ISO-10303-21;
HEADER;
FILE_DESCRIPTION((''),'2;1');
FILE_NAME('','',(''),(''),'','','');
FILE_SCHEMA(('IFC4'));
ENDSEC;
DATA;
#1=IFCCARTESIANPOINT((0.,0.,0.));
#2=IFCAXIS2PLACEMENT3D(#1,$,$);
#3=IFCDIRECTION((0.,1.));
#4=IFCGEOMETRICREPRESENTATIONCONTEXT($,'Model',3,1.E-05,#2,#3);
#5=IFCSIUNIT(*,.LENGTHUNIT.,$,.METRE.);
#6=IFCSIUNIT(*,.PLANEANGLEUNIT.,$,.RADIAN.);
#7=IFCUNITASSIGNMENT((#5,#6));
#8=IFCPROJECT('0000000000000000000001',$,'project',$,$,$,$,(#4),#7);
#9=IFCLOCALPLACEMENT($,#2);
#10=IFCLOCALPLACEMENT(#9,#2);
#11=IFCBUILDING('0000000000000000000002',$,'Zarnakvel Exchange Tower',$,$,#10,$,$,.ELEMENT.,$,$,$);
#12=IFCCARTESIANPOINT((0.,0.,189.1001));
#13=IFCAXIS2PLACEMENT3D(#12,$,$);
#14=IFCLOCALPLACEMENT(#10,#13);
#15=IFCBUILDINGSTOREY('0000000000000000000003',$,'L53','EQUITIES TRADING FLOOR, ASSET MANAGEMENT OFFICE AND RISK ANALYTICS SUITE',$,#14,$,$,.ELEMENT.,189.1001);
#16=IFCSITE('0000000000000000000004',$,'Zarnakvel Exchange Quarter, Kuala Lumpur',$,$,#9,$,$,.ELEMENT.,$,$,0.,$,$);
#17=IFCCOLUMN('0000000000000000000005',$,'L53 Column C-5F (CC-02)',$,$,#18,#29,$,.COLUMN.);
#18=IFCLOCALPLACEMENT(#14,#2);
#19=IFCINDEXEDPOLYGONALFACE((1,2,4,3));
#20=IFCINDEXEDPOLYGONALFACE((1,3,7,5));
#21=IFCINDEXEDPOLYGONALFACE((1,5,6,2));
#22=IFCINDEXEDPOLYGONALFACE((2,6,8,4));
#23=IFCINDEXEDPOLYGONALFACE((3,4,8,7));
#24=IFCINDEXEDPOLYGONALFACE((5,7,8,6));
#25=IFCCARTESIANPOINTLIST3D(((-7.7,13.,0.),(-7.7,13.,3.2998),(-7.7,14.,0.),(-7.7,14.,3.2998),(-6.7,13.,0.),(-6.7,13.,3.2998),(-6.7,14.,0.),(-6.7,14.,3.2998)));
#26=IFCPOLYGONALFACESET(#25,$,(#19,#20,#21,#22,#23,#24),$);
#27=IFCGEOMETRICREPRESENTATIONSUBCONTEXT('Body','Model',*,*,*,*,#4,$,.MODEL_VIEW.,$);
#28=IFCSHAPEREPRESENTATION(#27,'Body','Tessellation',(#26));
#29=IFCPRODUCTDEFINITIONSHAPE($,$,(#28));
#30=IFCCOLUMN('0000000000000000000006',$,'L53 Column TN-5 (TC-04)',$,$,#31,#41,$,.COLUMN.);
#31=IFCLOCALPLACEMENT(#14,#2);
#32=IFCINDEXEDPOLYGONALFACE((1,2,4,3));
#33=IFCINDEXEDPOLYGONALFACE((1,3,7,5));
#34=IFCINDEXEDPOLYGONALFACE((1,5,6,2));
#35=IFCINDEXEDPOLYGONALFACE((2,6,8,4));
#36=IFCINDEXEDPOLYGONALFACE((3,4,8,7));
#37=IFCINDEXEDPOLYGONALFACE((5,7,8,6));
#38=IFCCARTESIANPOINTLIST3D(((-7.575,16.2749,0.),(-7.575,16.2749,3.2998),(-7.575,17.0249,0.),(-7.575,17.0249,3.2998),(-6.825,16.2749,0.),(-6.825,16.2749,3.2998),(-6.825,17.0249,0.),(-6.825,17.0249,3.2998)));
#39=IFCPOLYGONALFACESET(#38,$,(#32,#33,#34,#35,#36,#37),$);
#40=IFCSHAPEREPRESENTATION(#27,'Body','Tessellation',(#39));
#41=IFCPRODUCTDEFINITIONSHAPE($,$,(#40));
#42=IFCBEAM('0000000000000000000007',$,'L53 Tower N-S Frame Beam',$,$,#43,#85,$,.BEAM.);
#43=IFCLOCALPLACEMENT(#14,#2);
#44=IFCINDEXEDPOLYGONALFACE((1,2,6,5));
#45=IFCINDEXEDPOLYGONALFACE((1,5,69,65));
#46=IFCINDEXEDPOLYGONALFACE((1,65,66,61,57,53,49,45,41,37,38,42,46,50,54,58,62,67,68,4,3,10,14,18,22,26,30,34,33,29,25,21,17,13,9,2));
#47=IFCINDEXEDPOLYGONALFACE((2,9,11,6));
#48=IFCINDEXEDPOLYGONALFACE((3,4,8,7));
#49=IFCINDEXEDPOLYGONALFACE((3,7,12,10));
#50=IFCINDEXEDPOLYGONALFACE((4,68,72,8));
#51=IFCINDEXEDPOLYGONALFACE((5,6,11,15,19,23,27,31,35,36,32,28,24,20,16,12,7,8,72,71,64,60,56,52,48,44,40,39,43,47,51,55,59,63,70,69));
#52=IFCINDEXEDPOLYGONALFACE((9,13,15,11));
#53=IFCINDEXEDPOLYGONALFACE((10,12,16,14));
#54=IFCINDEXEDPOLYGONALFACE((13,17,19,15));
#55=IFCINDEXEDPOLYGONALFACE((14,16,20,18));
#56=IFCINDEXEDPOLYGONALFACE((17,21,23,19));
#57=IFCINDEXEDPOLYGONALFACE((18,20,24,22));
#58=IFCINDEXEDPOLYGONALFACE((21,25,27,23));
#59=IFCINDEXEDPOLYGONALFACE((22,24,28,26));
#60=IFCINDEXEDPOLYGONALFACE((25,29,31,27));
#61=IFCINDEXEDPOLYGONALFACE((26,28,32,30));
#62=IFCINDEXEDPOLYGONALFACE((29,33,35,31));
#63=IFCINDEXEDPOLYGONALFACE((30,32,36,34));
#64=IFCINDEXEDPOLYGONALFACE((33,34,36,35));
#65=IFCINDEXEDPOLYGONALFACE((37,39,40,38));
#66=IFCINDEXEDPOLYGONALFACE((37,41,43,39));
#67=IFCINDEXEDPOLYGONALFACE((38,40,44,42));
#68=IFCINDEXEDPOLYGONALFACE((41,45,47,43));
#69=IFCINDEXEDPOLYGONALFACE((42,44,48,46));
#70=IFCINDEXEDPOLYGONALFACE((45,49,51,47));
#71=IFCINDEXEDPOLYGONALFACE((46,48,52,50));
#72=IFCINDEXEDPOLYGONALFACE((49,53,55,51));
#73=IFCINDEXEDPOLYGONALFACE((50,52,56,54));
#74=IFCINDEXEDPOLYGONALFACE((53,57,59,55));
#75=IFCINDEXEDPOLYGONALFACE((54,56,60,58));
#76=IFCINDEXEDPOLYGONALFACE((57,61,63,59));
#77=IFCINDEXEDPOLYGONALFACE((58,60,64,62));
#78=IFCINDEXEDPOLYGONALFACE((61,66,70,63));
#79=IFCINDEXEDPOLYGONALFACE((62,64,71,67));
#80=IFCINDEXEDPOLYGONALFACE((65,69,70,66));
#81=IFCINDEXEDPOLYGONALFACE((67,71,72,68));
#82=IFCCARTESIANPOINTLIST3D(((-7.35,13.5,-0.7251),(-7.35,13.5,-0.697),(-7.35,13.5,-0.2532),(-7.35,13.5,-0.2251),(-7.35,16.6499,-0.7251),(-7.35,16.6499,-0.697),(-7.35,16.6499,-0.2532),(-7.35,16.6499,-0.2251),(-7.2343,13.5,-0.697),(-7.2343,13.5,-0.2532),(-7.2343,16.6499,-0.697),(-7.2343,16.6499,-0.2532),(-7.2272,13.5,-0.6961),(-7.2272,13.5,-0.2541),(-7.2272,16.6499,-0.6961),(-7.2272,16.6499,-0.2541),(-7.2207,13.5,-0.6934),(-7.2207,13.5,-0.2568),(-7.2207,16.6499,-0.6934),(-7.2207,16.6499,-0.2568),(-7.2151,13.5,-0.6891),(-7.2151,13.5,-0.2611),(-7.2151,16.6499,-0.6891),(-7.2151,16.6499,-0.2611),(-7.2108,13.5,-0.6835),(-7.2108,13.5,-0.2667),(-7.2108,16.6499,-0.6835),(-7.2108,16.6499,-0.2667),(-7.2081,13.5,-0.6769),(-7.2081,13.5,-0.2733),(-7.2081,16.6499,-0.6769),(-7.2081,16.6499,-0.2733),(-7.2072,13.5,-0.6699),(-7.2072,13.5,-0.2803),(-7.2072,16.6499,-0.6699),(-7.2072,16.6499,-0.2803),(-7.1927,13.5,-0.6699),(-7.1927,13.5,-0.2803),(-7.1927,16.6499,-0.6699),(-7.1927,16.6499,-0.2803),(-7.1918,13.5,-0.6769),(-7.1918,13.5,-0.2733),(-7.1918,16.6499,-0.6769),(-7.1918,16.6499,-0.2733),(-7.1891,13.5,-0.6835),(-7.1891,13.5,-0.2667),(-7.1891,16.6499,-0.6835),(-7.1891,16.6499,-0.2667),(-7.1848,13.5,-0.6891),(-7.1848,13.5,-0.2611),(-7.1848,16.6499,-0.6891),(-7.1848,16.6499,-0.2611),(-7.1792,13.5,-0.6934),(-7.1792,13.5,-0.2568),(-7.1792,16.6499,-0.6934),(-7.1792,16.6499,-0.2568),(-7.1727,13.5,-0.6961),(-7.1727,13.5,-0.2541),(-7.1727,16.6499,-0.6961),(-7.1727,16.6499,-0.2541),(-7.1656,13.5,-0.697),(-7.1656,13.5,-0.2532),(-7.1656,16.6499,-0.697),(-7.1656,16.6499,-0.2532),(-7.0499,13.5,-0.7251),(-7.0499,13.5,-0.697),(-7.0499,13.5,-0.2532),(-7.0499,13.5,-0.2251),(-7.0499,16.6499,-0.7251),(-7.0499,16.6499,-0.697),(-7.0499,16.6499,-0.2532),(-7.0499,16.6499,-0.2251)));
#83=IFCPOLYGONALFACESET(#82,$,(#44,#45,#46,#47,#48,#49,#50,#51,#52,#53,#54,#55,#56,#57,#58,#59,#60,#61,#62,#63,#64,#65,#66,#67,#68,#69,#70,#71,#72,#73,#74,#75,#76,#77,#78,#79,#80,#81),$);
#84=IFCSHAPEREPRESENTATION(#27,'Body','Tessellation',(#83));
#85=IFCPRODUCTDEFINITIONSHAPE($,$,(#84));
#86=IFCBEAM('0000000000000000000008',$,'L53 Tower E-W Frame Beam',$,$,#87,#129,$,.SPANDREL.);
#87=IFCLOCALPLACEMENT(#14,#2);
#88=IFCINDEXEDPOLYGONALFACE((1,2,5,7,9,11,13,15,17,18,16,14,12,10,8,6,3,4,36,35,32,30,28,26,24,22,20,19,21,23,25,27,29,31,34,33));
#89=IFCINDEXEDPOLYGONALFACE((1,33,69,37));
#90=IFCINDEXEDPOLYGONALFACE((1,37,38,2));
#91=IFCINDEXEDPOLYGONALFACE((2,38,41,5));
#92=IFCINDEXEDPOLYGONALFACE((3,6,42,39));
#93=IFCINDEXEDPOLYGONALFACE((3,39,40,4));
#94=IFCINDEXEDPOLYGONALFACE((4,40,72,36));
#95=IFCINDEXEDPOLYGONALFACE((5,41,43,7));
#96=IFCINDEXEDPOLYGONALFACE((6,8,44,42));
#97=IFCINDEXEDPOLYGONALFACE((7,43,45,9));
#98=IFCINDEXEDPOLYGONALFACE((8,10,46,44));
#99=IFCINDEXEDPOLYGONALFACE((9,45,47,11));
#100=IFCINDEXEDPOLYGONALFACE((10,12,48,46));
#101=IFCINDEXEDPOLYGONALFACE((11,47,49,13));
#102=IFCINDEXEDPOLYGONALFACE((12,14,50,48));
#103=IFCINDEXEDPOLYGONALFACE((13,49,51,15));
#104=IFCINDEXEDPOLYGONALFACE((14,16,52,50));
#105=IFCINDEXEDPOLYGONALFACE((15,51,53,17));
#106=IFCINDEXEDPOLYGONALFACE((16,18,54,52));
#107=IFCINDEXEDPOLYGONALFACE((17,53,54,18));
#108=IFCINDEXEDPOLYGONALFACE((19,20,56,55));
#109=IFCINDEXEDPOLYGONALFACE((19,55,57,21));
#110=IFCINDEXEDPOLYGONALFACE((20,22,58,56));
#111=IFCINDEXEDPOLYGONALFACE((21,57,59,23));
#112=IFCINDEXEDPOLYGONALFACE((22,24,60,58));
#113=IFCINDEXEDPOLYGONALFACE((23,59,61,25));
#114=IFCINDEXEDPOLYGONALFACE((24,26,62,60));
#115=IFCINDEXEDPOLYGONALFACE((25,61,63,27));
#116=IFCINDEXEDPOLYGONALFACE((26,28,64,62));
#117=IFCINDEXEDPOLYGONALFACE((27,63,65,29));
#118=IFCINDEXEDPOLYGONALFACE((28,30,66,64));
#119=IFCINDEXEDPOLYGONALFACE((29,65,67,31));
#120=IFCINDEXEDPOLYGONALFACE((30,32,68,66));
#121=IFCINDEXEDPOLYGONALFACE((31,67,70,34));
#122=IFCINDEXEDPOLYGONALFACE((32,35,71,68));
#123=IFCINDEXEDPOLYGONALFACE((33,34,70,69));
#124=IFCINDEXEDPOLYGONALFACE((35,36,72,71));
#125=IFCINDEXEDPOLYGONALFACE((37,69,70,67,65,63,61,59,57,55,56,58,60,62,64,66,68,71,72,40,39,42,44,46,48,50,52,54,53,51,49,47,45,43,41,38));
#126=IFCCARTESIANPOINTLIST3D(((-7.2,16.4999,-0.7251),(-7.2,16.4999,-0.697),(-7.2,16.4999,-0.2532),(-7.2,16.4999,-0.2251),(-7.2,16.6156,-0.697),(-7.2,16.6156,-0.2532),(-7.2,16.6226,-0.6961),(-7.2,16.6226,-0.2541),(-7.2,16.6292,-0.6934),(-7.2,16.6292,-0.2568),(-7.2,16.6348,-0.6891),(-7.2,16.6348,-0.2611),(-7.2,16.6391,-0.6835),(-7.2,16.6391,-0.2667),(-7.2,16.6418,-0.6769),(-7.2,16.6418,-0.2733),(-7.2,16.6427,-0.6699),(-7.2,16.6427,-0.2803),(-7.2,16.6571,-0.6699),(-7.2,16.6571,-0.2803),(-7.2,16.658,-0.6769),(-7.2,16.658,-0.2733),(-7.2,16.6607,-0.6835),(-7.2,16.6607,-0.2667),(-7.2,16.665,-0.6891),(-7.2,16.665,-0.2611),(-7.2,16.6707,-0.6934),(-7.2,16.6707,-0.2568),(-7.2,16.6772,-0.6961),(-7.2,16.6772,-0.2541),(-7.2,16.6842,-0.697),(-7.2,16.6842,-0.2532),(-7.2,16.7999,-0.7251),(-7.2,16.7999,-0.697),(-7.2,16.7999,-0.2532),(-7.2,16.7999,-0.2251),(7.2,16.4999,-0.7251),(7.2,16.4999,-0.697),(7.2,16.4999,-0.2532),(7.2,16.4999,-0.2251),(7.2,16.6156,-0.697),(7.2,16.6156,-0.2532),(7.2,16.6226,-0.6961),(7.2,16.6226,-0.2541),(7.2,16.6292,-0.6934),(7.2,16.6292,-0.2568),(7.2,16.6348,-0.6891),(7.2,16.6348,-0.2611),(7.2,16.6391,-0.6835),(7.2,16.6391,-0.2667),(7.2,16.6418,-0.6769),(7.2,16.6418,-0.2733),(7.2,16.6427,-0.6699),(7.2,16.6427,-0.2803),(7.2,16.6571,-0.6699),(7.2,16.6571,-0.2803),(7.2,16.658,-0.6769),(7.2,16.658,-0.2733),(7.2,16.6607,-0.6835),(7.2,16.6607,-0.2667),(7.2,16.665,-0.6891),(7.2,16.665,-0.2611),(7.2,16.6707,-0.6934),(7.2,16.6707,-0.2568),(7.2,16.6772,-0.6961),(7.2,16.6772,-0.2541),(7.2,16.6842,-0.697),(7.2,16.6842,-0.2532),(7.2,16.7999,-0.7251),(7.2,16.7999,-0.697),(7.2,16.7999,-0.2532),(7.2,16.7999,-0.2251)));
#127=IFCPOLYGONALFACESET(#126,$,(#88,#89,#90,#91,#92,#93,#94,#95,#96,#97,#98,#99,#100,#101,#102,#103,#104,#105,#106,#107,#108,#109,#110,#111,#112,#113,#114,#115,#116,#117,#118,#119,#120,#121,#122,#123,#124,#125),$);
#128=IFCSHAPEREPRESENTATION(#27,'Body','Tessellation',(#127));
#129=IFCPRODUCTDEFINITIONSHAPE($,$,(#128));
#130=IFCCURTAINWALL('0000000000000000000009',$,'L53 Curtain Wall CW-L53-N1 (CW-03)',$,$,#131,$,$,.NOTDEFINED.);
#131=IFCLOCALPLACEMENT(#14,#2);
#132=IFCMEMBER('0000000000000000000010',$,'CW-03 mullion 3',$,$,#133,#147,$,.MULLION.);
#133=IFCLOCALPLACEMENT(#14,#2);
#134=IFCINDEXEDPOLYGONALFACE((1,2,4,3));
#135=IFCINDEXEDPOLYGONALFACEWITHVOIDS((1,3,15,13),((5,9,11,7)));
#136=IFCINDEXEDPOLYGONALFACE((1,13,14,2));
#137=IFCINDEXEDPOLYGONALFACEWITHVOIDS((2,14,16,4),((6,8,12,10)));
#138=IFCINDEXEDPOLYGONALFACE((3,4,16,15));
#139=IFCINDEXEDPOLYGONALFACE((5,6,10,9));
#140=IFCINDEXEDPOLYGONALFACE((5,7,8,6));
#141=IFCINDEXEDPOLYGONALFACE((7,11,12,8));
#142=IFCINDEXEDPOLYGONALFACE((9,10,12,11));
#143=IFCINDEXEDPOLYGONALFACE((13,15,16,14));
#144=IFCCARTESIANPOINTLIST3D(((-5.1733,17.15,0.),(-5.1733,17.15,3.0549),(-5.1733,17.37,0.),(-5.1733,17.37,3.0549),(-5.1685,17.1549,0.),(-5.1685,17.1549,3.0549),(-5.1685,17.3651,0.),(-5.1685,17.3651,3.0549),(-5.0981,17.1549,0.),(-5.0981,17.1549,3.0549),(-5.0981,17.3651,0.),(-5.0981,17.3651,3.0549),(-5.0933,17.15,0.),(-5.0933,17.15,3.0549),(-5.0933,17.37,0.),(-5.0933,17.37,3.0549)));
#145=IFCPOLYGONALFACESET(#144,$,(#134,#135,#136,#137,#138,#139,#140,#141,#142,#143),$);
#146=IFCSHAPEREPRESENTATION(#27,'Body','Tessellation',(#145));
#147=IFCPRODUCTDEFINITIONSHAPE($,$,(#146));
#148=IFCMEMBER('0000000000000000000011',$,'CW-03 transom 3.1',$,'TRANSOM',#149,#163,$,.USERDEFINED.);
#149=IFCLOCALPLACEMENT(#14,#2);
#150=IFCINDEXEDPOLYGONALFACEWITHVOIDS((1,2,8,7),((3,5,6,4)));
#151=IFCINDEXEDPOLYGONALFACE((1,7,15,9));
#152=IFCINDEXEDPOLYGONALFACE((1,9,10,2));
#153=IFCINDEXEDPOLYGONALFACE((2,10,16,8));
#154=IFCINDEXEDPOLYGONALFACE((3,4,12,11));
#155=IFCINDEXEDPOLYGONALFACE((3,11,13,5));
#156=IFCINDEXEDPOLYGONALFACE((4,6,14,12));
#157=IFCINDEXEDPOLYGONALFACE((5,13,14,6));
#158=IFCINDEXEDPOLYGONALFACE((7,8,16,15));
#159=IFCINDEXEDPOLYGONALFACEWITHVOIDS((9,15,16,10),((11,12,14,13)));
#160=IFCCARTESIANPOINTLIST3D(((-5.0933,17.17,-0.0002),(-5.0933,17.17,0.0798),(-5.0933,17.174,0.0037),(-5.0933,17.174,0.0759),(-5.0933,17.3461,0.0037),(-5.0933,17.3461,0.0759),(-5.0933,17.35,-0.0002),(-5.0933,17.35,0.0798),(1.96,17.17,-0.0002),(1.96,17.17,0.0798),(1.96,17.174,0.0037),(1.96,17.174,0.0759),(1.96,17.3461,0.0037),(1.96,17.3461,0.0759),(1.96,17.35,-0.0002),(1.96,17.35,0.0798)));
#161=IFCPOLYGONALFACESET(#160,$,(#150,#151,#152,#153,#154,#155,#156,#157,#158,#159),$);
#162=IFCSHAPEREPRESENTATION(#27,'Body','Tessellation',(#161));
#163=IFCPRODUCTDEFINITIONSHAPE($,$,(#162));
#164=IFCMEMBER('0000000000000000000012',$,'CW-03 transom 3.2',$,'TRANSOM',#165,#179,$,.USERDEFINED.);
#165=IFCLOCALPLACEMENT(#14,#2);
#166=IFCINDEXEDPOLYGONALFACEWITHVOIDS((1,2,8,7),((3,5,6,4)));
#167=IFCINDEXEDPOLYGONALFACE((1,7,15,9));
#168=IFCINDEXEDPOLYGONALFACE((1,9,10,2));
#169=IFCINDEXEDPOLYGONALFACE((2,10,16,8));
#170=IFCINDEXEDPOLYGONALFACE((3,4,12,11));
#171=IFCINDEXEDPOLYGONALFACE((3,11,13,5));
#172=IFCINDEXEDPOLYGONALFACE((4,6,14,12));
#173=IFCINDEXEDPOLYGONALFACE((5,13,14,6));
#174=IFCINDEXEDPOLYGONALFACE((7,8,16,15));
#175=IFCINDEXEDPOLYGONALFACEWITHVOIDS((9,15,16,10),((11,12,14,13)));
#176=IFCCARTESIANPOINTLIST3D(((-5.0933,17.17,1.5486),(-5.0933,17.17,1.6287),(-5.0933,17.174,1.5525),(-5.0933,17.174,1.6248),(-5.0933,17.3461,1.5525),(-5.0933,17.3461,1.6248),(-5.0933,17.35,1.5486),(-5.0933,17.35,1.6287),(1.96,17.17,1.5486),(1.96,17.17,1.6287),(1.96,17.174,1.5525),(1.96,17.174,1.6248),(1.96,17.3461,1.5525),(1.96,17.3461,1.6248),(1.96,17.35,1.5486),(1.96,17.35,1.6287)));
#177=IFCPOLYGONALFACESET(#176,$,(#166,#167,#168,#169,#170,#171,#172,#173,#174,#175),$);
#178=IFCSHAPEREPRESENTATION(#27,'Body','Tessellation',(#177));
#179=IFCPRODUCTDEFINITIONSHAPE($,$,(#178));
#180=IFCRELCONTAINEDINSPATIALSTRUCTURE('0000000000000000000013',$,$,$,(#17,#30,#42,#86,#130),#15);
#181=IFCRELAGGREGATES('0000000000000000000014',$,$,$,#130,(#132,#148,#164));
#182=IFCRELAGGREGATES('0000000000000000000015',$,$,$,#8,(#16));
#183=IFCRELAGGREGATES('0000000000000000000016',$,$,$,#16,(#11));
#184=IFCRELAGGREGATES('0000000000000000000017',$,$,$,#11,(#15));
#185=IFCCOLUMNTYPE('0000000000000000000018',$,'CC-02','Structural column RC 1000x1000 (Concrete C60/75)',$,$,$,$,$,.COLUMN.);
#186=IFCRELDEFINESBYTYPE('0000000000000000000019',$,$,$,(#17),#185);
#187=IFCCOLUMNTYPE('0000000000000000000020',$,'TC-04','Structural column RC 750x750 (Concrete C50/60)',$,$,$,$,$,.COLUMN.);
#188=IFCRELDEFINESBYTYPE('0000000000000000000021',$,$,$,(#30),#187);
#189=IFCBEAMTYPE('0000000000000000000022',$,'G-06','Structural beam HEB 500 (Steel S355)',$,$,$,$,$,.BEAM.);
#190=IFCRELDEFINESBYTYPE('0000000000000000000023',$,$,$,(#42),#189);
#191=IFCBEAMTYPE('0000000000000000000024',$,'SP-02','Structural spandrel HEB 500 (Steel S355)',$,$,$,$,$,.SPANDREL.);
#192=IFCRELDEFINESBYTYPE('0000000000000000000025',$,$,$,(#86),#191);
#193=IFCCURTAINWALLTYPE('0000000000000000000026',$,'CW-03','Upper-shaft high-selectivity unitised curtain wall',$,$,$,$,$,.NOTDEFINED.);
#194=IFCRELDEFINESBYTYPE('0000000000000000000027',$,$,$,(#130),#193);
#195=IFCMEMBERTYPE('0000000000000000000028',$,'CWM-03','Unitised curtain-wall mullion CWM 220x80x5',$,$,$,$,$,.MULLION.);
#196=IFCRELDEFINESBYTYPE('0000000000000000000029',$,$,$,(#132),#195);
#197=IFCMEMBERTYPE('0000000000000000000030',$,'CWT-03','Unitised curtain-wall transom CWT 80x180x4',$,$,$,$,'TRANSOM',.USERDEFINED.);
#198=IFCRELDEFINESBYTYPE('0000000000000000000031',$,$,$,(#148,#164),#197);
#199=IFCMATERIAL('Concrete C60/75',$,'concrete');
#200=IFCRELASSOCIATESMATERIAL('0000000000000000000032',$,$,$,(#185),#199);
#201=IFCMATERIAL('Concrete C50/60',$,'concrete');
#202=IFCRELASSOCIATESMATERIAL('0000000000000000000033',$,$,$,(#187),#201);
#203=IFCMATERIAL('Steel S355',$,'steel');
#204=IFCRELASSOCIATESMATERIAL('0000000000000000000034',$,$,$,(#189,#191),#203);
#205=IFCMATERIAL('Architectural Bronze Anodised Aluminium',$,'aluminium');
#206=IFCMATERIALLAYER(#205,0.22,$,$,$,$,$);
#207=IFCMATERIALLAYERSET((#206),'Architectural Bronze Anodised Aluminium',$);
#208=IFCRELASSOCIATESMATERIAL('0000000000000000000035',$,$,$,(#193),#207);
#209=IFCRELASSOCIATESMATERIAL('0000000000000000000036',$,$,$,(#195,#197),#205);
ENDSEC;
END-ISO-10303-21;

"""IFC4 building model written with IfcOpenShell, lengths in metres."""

from ifc_helpers import new_model, si_unit, direction, frame, origin, origin_2d, place, context, subcontext, project, spatial, rectangle, hollow_rectangle, i_section, extrude, source, transform, mapped, material, layer, layer_set, material_profile, profile_set, type_object, element, aggregate, save


model = new_model("IFC4")

# Units and contexts
model_context = context("Model", 3, precision=1e-05, world=origin(), true_north=direction((0.0, 1.0)))
body_context = subcontext(model_context, "Body", "Model", "MODEL_VIEW")
ifc_project = project(units=[si_unit("LENGTHUNIT", "METRE"), si_unit("PLANEANGLEUNIT", "RADIAN")], contexts=[model_context])

# Site, building, storey
site_placement = place(None, origin())
site = spatial("IfcSite", under=ifc_project, at=site_placement, Name="Zarnakvel Exchange Quarter, Kuala Lumpur", CompositionType="ELEMENT", RefElevation=0.0)
building_placement = place(site_placement, origin())
building = spatial("IfcBuilding", under=site, at=building_placement, Name="Zarnakvel Exchange Tower", CompositionType="ELEMENT")
storey_placement = place(building_placement, frame((0.0, 0.0, 189.1001)))
storey = spatial("IfcBuildingStorey", under=building, at=storey_placement, Name="L53", Description="EQUITIES TRADING FLOOR, ASSET MANAGEMENT OFFICE AND RISK ANALYTICS SUITE", CompositionType="ELEMENT", Elevation=189.1001)

# Columns
ifc_material_1 = material(Name="Concrete C60/75", Category="concrete")
ifc_material_profile_1 = material_profile(ifc_material_1, rectangle(XDim=1.0, YDim=1.0, at=origin_2d()))
ifc_profile_set_1 = profile_set([ifc_material_profile_1], Name="Concrete C60/75")
column_type_1 = type_object("IfcColumnType", Name="CC-02", Description="Structural column RC 1000x1000 (Concrete C60/75)", PredefinedType="COLUMN", material=ifc_profile_set_1)
column_1_placement = place(storey_placement, frame((-7.2, 13.5, 0.0), z_axis=(0.0, 0.0, 1.0), x_axis=(1.0, 0.0, 0.0)))
element("IfcColumn", 1, at=column_1_placement, inside=storey, type_object=column_type_1, Name="L53 Column C-5F (CC-02)", PredefinedType="COLUMN", context=body_context, shape_type="SweptSolid", body=[
    extrude(rectangle(XDim=1.0, YDim=1.0, at=origin_2d()), origin(), (0.0, 0.0, 1.0), 3.2998),
])
ifc_material_2 = material(Name="Concrete C50/60", Category="concrete")
ifc_material_profile_2 = material_profile(ifc_material_2, rectangle(XDim=0.75, YDim=0.75, at=origin_2d()))
ifc_profile_set_2 = profile_set([ifc_material_profile_2], Name="Concrete C50/60")
column_type_2 = type_object("IfcColumnType", Name="TC-04", Description="Structural column RC 750x750 (Concrete C50/60)", PredefinedType="COLUMN", material=ifc_profile_set_2)
column_2_placement = place(storey_placement, frame((-7.2, 16.6499, 0.0), z_axis=(0.0, 0.0, 1.0), x_axis=(1.0, 0.0, 0.0)))
element("IfcColumn", 2, at=column_2_placement, inside=storey, type_object=column_type_2, Name="L53 Column TN-5 (TC-04)", PredefinedType="COLUMN", context=body_context, shape_type="SweptSolid", body=[
    extrude(rectangle(XDim=0.75, YDim=0.75, at=origin_2d()), origin(), (0.0, 0.0, 1.0), 3.2998),
])

# Beams
ifc_material_3 = material(Name="Steel S355", Category="steel")
ifc_material_profile_3 = material_profile(ifc_material_3, i_section(OverallWidth=0.3, OverallDepth=0.5, WebThickness=0.0144, FlangeThickness=0.0281, FilletRadius=0.0271, at=origin_2d()))
ifc_profile_set_3 = profile_set([ifc_material_profile_3], Name="Steel S355")
beam_type_1 = type_object("IfcBeamType", Name="G-06", Description="Structural beam HEB 500 (Steel S355)", PredefinedType="BEAM", material=ifc_profile_set_3)
beam_1_placement = place(storey_placement, frame((-7.2, 13.5, -0.4751), z_axis=(0.0, 1.0, 0.0), x_axis=(-1.0, 0.0, 0.0)))
element("IfcBeam", 3, at=beam_1_placement, inside=storey, type_object=beam_type_1, Name="L53 Tower N-S Frame Beam", PredefinedType="BEAM", context=body_context, shape_type="SweptSolid", body=[
    extrude(i_section(OverallWidth=0.3, OverallDepth=0.5, WebThickness=0.0144, FlangeThickness=0.0281, FilletRadius=0.0271, at=origin_2d()), origin(), (0.0, 0.0, 1.0), 3.1499),
])
ifc_material_profile_4 = material_profile(ifc_material_3, i_section(OverallWidth=0.3, OverallDepth=0.5, WebThickness=0.0144, FlangeThickness=0.0281, FilletRadius=0.0271, at=origin_2d()))
ifc_profile_set_4 = profile_set([ifc_material_profile_4], Name="Steel S355")
beam_type_2 = type_object("IfcBeamType", Name="SP-02", Description="Structural spandrel HEB 500 (Steel S355)", PredefinedType="SPANDREL", material=ifc_profile_set_4)
beam_2_placement = place(storey_placement, frame((-7.2, 16.6499, -0.4751), z_axis=(1.0, 0.0, 0.0), x_axis=(0.0, 1.0, 0.0)))
element("IfcBeam", 4, at=beam_2_placement, inside=storey, type_object=beam_type_2, Name="L53 Tower E-W Frame Beam", PredefinedType="SPANDREL", context=body_context, shape_type="SweptSolid", body=[
    extrude(i_section(OverallWidth=0.3, OverallDepth=0.5, WebThickness=0.0144, FlangeThickness=0.0281, FilletRadius=0.0271, at=origin_2d()), origin(), (0.0, 0.0, 1.0), 14.3999),
])

# Curtain wall, members
ifc_material_4 = material(Name="Architectural Bronze Anodised Aluminium", Category="aluminium")
ifc_layer_1 = layer(ifc_material_4, 0.22)
ifc_layer_set_1 = layer_set([ifc_layer_1], Name="Architectural Bronze Anodised Aluminium")
curtain_wall_type = type_object("IfcCurtainWallType", Name="CW-03", Description="Upper-shaft high-selectivity unitised curtain wall", PredefinedType="NOTDEFINED", material=ifc_layer_set_1)
curtain_wall_placement = place(storey_placement, origin())
curtain_wall = element("IfcCurtainWall", 5, at=curtain_wall_placement, inside=storey, type_object=curtain_wall_type, Name="L53 Curtain Wall CW-L53-N1 (CW-03)", PredefinedType="NOTDEFINED")
ifc_material_profile_5 = material_profile(ifc_material_4, hollow_rectangle(XDim=0.22, YDim=0.0801, WallThickness=0.0049, at=origin_2d()))
ifc_profile_set_5 = profile_set([ifc_material_profile_5], Name="Architectural Bronze Anodised Aluminium")
member_type_1 = type_object("IfcMemberType", Name="CWM-03", Description="Unitised curtain-wall mullion CWM 220x80x5", PredefinedType="MULLION", material=ifc_profile_set_5)
shared_shape_1 = source(origin(), body_context, "Body", "SweptSolid", [
    extrude(hollow_rectangle(XDim=0.22, YDim=0.0801, WallThickness=0.0049, at=origin_2d()), origin(), (0.0, 0.0, 1.0), 3.0549),
])
member_1_placement = place(storey_placement, frame((-5.1333, 17.26, 0.0), z_axis=(0.0, 0.0, 1.0), x_axis=(0.0, 1.0, 0.0)))
member_1 = element("IfcMember", 6, at=member_1_placement, type_object=member_type_1, Name="CW-03 mullion 3", PredefinedType="MULLION", context=body_context, shape_type="MappedRepresentation", body=[
    mapped(shared_shape_1, transform((0.0, 0.0, 0.0), x_axis=(1.0, 0.0, 0.0), y_axis=(0.0, 1.0, 0.0), z_axis=(0.0, 0.0, 1.0), scale=1.0)),
])
ifc_material_profile_6 = material_profile(ifc_material_4, hollow_rectangle(XDim=0.1799, YDim=0.0801, WallThickness=0.0039, at=origin_2d()))
ifc_profile_set_6 = profile_set([ifc_material_profile_6], Name="Architectural Bronze Anodised Aluminium")
member_type_2 = type_object("IfcMemberType", Name="CWT-03", Description="Unitised curtain-wall transom CWT 80x180x4", ElementType="TRANSOM", PredefinedType="USERDEFINED", material=ifc_profile_set_6)
shared_shape_2 = source(origin(), body_context, "Body", "SweptSolid", [
    extrude(hollow_rectangle(XDim=0.1799, YDim=0.0801, WallThickness=0.0039, at=origin_2d()), origin(), (0.0, 0.0, 1.0), 7.0532),
])
member_2_placement = place(storey_placement, frame((-5.0933, 17.26, 0.0398), z_axis=(1.0, 0.0, 0.0), x_axis=(0.0, 1.0, 0.0)))
member_2 = element("IfcMember", 7, at=member_2_placement, type_object=member_type_2, Name="CW-03 transom 3.1", ObjectType="TRANSOM", PredefinedType="USERDEFINED", context=body_context, shape_type="MappedRepresentation", body=[
    mapped(shared_shape_2, transform((0.0, 0.0, 0.0), x_axis=(1.0, 0.0, 0.0), y_axis=(0.0, 1.0, 0.0), z_axis=(0.0, 0.0, 1.0), scale=1.0)),
])
member_3_placement = place(storey_placement, frame((-5.0933, 17.26, 1.5886), z_axis=(1.0, 0.0, 0.0), x_axis=(0.0, 1.0, 0.0)))
member_3 = element("IfcMember", 8, at=member_3_placement, type_object=member_type_2, Name="CW-03 transom 3.2", ObjectType="TRANSOM", PredefinedType="USERDEFINED", context=body_context, shape_type="MappedRepresentation", body=[
    mapped(shared_shape_2, transform((0.0, 0.0, 0.0), x_axis=(1.0, 0.0, 0.0), y_axis=(0.0, 1.0, 0.0), z_axis=(0.0, 0.0, 1.0), scale=1.0)),
])
aggregate(curtain_wall, [member_1, member_2, member_3])

save(model, "model.ifc")
